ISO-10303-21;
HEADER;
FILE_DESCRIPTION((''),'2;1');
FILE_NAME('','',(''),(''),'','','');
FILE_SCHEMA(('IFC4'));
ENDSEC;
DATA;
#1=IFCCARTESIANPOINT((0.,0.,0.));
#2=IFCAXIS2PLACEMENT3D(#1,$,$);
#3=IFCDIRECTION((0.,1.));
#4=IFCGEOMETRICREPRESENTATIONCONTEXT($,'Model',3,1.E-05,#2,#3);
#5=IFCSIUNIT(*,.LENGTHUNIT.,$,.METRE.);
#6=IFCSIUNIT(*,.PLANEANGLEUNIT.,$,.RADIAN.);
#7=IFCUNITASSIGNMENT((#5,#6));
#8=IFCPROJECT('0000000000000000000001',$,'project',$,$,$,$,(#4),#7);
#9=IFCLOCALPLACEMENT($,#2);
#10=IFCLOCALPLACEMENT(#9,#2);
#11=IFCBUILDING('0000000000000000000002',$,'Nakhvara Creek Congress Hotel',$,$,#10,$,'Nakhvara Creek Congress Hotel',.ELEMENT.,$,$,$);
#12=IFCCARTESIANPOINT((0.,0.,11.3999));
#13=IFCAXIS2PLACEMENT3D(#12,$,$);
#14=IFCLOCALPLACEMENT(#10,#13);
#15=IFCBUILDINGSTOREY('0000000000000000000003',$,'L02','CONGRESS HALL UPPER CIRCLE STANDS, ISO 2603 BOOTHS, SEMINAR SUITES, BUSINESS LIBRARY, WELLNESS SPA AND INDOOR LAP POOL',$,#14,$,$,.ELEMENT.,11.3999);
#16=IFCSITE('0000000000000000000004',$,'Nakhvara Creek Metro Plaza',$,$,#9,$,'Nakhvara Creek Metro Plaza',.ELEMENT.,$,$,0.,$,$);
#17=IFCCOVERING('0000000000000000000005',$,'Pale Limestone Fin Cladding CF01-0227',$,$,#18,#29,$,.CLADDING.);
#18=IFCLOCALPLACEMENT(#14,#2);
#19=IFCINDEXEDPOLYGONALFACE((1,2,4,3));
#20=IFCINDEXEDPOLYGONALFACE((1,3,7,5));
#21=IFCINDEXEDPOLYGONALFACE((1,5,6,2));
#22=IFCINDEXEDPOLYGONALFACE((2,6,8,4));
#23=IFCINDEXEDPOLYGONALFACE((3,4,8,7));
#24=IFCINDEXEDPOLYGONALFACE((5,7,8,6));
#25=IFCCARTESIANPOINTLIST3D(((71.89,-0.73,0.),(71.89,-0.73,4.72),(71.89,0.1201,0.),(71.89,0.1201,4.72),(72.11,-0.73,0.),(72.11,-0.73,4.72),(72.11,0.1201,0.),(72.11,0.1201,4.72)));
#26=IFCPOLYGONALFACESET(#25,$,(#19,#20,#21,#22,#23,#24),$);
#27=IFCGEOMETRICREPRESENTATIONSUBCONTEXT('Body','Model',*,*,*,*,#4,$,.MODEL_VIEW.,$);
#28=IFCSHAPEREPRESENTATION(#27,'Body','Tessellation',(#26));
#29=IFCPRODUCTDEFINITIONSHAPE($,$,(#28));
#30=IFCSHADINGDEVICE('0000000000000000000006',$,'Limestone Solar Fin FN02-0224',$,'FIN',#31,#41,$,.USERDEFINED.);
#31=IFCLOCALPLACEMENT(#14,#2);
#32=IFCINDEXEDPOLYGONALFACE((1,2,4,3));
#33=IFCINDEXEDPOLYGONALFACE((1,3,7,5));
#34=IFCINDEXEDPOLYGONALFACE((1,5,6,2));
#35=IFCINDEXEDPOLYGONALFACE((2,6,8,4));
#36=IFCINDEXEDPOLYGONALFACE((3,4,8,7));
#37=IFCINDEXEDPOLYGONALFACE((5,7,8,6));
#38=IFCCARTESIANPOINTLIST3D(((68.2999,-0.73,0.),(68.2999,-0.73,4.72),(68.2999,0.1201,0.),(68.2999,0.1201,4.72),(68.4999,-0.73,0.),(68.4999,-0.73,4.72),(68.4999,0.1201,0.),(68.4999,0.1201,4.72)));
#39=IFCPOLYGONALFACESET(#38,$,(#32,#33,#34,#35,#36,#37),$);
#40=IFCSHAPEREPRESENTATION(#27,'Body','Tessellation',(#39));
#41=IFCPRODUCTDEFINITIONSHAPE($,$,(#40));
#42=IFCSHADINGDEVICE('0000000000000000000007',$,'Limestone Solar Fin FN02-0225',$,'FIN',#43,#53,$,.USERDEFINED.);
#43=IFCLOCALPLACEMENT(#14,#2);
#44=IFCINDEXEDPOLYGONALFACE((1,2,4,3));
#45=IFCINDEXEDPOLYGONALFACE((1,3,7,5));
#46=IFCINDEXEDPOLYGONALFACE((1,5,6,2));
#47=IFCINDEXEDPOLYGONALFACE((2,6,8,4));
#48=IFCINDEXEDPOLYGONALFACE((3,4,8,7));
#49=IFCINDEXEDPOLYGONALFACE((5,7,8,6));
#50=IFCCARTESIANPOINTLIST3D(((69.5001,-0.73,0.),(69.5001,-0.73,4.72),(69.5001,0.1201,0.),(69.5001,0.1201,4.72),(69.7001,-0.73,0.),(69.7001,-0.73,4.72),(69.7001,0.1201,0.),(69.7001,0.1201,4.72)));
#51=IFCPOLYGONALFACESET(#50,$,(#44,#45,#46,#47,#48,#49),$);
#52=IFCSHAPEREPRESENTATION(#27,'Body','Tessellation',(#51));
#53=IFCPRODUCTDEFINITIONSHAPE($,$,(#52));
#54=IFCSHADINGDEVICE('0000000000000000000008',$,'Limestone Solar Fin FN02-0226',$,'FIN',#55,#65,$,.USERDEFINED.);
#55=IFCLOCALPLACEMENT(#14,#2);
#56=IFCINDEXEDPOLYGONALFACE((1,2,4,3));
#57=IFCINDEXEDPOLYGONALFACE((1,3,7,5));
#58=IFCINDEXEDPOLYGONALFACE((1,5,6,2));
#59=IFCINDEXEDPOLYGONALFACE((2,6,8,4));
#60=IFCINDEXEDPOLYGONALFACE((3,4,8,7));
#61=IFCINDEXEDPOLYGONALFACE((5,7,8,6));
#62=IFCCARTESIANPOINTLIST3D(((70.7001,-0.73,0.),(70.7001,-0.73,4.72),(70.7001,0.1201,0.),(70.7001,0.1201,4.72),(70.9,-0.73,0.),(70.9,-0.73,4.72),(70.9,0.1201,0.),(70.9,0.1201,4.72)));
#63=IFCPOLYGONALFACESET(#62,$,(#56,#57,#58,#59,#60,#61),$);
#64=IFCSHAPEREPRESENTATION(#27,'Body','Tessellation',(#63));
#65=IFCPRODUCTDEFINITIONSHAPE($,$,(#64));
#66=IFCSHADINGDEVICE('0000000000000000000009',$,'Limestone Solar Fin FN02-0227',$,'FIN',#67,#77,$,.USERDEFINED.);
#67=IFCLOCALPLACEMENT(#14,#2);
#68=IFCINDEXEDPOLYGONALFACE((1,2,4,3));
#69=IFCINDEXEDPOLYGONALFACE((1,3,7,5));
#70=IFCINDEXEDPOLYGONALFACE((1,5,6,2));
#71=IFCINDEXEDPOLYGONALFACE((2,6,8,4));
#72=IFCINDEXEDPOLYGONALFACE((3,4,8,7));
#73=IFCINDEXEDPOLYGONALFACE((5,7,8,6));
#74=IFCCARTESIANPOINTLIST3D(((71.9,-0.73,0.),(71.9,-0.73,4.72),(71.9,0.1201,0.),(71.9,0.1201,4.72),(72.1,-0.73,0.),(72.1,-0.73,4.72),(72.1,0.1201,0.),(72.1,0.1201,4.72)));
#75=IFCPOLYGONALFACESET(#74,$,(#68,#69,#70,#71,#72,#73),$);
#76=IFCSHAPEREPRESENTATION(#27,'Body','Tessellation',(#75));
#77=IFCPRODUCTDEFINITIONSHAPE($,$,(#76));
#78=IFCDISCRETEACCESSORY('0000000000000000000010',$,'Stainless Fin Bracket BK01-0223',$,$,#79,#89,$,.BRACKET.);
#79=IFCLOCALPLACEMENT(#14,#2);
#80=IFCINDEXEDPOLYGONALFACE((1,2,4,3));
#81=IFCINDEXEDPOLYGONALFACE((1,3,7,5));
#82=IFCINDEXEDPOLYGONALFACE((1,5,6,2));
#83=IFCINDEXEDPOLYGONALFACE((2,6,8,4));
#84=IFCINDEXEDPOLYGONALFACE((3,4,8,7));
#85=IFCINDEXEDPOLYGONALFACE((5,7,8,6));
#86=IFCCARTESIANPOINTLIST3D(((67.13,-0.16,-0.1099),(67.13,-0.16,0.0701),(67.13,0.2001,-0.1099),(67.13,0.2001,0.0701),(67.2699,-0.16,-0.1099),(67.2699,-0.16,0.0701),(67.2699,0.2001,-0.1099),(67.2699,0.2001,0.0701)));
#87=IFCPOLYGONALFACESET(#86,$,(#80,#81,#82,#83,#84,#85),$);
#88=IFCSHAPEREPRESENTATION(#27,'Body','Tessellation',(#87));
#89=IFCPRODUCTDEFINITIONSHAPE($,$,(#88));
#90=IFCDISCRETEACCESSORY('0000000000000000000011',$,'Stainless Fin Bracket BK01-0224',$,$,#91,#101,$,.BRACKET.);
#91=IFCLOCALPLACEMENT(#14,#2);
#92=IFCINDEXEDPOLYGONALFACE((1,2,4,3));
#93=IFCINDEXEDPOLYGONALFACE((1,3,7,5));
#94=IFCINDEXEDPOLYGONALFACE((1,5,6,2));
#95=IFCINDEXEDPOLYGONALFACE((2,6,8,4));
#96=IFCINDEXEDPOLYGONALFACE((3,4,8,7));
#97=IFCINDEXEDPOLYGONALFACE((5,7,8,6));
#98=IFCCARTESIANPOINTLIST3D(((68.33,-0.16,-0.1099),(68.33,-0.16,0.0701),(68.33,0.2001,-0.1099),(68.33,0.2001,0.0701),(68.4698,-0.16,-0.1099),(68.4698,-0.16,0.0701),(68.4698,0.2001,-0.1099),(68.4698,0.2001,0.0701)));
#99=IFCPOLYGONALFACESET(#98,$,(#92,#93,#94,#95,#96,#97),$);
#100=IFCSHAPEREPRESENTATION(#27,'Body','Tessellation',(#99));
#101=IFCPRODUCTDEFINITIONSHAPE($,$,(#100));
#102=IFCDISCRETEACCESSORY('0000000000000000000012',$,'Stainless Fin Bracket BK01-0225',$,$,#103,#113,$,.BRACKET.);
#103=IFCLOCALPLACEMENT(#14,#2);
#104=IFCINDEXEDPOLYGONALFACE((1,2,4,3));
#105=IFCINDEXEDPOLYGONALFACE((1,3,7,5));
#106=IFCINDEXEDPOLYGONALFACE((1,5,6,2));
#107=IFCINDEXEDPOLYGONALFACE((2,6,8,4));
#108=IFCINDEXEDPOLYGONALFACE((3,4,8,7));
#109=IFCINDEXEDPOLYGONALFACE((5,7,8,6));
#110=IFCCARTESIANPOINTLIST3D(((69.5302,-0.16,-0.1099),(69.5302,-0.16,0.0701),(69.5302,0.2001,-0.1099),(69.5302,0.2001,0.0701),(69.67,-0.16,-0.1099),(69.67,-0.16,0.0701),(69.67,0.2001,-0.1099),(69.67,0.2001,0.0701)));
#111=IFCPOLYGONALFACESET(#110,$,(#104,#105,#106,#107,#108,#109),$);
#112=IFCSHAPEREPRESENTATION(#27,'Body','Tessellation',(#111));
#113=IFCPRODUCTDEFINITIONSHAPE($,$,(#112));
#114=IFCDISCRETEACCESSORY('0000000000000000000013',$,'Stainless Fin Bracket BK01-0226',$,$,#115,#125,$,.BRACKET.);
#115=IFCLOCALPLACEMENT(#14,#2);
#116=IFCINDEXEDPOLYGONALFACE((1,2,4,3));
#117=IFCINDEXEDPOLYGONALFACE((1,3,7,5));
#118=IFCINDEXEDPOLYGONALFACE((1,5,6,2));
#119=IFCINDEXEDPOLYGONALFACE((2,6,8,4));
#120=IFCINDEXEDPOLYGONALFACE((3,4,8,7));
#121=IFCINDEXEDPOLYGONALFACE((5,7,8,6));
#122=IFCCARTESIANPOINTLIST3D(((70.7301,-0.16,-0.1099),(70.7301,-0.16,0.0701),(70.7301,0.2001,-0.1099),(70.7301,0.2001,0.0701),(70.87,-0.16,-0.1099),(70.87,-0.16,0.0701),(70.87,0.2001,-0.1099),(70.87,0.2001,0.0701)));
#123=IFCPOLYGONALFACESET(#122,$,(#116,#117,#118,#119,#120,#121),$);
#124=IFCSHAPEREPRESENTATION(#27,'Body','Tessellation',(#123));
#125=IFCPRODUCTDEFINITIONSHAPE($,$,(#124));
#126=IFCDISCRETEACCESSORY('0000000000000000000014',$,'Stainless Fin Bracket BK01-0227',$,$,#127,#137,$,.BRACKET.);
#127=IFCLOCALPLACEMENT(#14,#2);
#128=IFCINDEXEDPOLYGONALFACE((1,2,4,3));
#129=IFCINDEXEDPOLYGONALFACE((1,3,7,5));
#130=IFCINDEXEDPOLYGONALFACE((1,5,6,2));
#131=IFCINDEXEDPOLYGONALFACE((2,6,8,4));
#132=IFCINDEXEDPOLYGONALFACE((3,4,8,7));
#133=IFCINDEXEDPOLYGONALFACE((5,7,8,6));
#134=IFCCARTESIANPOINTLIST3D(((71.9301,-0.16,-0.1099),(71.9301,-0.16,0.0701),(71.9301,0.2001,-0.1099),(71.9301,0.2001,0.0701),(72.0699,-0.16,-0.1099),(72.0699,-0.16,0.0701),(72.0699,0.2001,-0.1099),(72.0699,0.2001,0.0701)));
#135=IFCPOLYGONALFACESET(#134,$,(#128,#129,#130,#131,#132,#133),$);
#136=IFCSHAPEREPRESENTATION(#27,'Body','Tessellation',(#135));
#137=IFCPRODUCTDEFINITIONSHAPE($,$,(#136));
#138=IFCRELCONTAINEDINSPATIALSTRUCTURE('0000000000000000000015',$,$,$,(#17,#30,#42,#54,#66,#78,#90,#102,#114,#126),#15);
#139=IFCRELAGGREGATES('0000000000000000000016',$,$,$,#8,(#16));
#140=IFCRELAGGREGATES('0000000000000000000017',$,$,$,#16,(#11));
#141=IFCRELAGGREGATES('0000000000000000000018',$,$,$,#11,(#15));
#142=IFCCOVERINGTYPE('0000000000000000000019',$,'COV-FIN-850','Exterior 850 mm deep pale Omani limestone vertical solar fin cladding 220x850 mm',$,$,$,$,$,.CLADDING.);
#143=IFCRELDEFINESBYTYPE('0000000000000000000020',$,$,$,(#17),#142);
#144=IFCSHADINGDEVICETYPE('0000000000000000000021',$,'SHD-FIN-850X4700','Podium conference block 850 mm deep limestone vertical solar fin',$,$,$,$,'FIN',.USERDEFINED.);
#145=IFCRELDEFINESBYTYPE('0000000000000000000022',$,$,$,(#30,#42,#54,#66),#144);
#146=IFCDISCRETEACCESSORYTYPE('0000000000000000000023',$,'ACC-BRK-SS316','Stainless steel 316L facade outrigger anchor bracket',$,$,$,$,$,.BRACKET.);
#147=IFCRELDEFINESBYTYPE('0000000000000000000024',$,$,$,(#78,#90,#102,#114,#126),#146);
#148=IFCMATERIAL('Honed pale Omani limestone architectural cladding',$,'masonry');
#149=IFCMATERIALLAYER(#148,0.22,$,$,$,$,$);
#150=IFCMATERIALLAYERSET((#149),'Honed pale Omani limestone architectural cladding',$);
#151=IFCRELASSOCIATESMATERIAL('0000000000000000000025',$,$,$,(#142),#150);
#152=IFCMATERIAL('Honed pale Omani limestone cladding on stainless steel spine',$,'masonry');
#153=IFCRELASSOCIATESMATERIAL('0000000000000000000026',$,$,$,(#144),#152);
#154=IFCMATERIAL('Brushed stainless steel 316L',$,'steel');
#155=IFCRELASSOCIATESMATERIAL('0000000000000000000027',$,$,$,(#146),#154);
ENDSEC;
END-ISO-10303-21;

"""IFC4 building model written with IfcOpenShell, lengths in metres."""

from ifc_helpers import new_model, si_unit, direction, frame, origin, origin_2d, place, context, subcontext, project, spatial, rectangle, extrude, material, layer, layer_set, type_object, element, save


model = new_model("IFC4")

# Units and contexts
model_context = context("Model", 3, precision=1e-05, world=origin(), true_north=direction((0.0, 1.0)))
body_context = subcontext(model_context, "Body", "Model", "MODEL_VIEW")
ifc_project = project(units=[si_unit("LENGTHUNIT", "METRE"), si_unit("PLANEANGLEUNIT", "RADIAN")], contexts=[model_context])

# Site, building, storey
site_placement = place(None, origin())
site = spatial("IfcSite", under=ifc_project, at=site_placement, Name="Nakhvara Creek Metro Plaza", LongName="Nakhvara Creek Metro Plaza", CompositionType="ELEMENT", RefElevation=0.0)
building_placement = place(site_placement, origin())
building = spatial("IfcBuilding", under=site, at=building_placement, Name="Nakhvara Creek Congress Hotel", LongName="Nakhvara Creek Congress Hotel", CompositionType="ELEMENT")
storey_placement = place(building_placement, frame((0.0, 0.0, 11.3999)))
storey = spatial("IfcBuildingStorey", under=building, at=storey_placement, Name="L02", Description="CONGRESS HALL UPPER CIRCLE STANDS, ISO 2603 BOOTHS, SEMINAR SUITES, BUSINESS LIBRARY, WELLNESS SPA AND INDOOR LAP POOL", CompositionType="ELEMENT", Elevation=11.3999)

# Covering
ifc_material_1 = material(Name="Honed pale Omani limestone architectural cladding", Category="masonry")
ifc_layer_1 = layer(ifc_material_1, 0.22)
ifc_layer_set_1 = layer_set([ifc_layer_1], Name="Honed pale Omani limestone architectural cladding")
covering_type = type_object("IfcCoveringType", Name="COV-FIN-850", Description="Exterior 850 mm deep pale Omani limestone vertical solar fin cladding 220x850 mm", PredefinedType="CLADDING", material=ifc_layer_set_1)
for number, where, z_axis, x_axis, name in (
    (1, (72.0, -0.3049, 0.0), (0.0, 0.0, 1.0), (1.0, 0.0, 0.0), "Pale Limestone Fin Cladding CF01-0227"),
):
    element("IfcCovering", number, at=place(storey_placement, frame(where, z_axis=z_axis, x_axis=x_axis)), inside=storey, type_object=covering_type, Name=name, PredefinedType="CLADDING", context=body_context, shape_type="SweptSolid", body=[
        extrude(rectangle(XDim=0.22, YDim=0.8501, at=origin_2d()), origin(), (0.0, 0.0, 1.0), 4.72),
    ])

# Shading devices
ifc_material_2 = material(Name="Honed pale Omani limestone cladding on stainless steel spine", Category="masonry")
shading_device_type = type_object("IfcShadingDeviceType", Name="SHD-FIN-850X4700", Description="Podium conference block 850 mm deep limestone vertical solar fin", ElementType="FIN", PredefinedType="USERDEFINED", material=ifc_material_2)
for number, where, z_axis, x_axis, name in (
    (2, (68.3999, -0.3049, 0.0), (0.0, 0.0, 1.0), (1.0, 0.0, 0.0), "Limestone Solar Fin FN02-0224"),
    (3, (69.6001, -0.3049, 0.0), (0.0, 0.0, 1.0), (1.0, 0.0, 0.0), "Limestone Solar Fin FN02-0225"),
    (4, (70.8, -0.3049, 0.0), (0.0, 0.0, 1.0), (1.0, 0.0, 0.0), "Limestone Solar Fin FN02-0226"),
    (5, (72.0, -0.3049, 0.0), (0.0, 0.0, 1.0), (1.0, 0.0, 0.0), "Limestone Solar Fin FN02-0227"),
):
    element("IfcShadingDevice", number, at=place(storey_placement, frame(where, z_axis=z_axis, x_axis=x_axis)), inside=storey, type_object=shading_device_type, Name=name, ObjectType="FIN", PredefinedType="USERDEFINED", context=body_context, shape_type="SweptSolid", body=[
        extrude(rectangle(XDim=0.2, YDim=0.8501, at=origin_2d()), origin(), (0.0, 0.0, 1.0), 4.72),
    ])

# Discrete accessories
ifc_material_3 = material(Name="Brushed stainless steel 316L", Category="steel")
discrete_accessory_type = type_object("IfcDiscreteAccessoryType", Name="ACC-BRK-SS316", Description="Stainless steel 316L facade outrigger anchor bracket", PredefinedType="BRACKET", material=ifc_material_3)
for number, where, z_axis, x_axis, name in (
    (6, (67.2, 0.02, -0.1099), (0.0, 0.0, 1.0), (1.0, 0.0, 0.0), "Stainless Fin Bracket BK01-0223"),
    (7, (68.3999, 0.02, -0.1099), (0.0, 0.0, 1.0), (1.0, 0.0, 0.0), "Stainless Fin Bracket BK01-0224"),
    (8, (69.6001, 0.02, -0.1099), (0.0, 0.0, 1.0), (1.0, 0.0, 0.0), "Stainless Fin Bracket BK01-0225"),
    (9, (70.8, 0.02, -0.1099), (0.0, 0.0, 1.0), (1.0, 0.0, 0.0), "Stainless Fin Bracket BK01-0226"),
    (10, (72.0, 0.02, -0.1099), (0.0, 0.0, 1.0), (1.0, 0.0, 0.0), "Stainless Fin Bracket BK01-0227"),
):
    element("IfcDiscreteAccessory", number, at=place(storey_placement, frame(where, z_axis=z_axis, x_axis=x_axis)), inside=storey, type_object=discrete_accessory_type, Name=name, PredefinedType="BRACKET", context=body_context, shape_type="SweptSolid", body=[
        extrude(rectangle(XDim=0.1399, YDim=0.3601, at=origin_2d()), origin(), (0.0, 0.0, 1.0), 0.1799),
    ])

save(model, "model.ifc")
